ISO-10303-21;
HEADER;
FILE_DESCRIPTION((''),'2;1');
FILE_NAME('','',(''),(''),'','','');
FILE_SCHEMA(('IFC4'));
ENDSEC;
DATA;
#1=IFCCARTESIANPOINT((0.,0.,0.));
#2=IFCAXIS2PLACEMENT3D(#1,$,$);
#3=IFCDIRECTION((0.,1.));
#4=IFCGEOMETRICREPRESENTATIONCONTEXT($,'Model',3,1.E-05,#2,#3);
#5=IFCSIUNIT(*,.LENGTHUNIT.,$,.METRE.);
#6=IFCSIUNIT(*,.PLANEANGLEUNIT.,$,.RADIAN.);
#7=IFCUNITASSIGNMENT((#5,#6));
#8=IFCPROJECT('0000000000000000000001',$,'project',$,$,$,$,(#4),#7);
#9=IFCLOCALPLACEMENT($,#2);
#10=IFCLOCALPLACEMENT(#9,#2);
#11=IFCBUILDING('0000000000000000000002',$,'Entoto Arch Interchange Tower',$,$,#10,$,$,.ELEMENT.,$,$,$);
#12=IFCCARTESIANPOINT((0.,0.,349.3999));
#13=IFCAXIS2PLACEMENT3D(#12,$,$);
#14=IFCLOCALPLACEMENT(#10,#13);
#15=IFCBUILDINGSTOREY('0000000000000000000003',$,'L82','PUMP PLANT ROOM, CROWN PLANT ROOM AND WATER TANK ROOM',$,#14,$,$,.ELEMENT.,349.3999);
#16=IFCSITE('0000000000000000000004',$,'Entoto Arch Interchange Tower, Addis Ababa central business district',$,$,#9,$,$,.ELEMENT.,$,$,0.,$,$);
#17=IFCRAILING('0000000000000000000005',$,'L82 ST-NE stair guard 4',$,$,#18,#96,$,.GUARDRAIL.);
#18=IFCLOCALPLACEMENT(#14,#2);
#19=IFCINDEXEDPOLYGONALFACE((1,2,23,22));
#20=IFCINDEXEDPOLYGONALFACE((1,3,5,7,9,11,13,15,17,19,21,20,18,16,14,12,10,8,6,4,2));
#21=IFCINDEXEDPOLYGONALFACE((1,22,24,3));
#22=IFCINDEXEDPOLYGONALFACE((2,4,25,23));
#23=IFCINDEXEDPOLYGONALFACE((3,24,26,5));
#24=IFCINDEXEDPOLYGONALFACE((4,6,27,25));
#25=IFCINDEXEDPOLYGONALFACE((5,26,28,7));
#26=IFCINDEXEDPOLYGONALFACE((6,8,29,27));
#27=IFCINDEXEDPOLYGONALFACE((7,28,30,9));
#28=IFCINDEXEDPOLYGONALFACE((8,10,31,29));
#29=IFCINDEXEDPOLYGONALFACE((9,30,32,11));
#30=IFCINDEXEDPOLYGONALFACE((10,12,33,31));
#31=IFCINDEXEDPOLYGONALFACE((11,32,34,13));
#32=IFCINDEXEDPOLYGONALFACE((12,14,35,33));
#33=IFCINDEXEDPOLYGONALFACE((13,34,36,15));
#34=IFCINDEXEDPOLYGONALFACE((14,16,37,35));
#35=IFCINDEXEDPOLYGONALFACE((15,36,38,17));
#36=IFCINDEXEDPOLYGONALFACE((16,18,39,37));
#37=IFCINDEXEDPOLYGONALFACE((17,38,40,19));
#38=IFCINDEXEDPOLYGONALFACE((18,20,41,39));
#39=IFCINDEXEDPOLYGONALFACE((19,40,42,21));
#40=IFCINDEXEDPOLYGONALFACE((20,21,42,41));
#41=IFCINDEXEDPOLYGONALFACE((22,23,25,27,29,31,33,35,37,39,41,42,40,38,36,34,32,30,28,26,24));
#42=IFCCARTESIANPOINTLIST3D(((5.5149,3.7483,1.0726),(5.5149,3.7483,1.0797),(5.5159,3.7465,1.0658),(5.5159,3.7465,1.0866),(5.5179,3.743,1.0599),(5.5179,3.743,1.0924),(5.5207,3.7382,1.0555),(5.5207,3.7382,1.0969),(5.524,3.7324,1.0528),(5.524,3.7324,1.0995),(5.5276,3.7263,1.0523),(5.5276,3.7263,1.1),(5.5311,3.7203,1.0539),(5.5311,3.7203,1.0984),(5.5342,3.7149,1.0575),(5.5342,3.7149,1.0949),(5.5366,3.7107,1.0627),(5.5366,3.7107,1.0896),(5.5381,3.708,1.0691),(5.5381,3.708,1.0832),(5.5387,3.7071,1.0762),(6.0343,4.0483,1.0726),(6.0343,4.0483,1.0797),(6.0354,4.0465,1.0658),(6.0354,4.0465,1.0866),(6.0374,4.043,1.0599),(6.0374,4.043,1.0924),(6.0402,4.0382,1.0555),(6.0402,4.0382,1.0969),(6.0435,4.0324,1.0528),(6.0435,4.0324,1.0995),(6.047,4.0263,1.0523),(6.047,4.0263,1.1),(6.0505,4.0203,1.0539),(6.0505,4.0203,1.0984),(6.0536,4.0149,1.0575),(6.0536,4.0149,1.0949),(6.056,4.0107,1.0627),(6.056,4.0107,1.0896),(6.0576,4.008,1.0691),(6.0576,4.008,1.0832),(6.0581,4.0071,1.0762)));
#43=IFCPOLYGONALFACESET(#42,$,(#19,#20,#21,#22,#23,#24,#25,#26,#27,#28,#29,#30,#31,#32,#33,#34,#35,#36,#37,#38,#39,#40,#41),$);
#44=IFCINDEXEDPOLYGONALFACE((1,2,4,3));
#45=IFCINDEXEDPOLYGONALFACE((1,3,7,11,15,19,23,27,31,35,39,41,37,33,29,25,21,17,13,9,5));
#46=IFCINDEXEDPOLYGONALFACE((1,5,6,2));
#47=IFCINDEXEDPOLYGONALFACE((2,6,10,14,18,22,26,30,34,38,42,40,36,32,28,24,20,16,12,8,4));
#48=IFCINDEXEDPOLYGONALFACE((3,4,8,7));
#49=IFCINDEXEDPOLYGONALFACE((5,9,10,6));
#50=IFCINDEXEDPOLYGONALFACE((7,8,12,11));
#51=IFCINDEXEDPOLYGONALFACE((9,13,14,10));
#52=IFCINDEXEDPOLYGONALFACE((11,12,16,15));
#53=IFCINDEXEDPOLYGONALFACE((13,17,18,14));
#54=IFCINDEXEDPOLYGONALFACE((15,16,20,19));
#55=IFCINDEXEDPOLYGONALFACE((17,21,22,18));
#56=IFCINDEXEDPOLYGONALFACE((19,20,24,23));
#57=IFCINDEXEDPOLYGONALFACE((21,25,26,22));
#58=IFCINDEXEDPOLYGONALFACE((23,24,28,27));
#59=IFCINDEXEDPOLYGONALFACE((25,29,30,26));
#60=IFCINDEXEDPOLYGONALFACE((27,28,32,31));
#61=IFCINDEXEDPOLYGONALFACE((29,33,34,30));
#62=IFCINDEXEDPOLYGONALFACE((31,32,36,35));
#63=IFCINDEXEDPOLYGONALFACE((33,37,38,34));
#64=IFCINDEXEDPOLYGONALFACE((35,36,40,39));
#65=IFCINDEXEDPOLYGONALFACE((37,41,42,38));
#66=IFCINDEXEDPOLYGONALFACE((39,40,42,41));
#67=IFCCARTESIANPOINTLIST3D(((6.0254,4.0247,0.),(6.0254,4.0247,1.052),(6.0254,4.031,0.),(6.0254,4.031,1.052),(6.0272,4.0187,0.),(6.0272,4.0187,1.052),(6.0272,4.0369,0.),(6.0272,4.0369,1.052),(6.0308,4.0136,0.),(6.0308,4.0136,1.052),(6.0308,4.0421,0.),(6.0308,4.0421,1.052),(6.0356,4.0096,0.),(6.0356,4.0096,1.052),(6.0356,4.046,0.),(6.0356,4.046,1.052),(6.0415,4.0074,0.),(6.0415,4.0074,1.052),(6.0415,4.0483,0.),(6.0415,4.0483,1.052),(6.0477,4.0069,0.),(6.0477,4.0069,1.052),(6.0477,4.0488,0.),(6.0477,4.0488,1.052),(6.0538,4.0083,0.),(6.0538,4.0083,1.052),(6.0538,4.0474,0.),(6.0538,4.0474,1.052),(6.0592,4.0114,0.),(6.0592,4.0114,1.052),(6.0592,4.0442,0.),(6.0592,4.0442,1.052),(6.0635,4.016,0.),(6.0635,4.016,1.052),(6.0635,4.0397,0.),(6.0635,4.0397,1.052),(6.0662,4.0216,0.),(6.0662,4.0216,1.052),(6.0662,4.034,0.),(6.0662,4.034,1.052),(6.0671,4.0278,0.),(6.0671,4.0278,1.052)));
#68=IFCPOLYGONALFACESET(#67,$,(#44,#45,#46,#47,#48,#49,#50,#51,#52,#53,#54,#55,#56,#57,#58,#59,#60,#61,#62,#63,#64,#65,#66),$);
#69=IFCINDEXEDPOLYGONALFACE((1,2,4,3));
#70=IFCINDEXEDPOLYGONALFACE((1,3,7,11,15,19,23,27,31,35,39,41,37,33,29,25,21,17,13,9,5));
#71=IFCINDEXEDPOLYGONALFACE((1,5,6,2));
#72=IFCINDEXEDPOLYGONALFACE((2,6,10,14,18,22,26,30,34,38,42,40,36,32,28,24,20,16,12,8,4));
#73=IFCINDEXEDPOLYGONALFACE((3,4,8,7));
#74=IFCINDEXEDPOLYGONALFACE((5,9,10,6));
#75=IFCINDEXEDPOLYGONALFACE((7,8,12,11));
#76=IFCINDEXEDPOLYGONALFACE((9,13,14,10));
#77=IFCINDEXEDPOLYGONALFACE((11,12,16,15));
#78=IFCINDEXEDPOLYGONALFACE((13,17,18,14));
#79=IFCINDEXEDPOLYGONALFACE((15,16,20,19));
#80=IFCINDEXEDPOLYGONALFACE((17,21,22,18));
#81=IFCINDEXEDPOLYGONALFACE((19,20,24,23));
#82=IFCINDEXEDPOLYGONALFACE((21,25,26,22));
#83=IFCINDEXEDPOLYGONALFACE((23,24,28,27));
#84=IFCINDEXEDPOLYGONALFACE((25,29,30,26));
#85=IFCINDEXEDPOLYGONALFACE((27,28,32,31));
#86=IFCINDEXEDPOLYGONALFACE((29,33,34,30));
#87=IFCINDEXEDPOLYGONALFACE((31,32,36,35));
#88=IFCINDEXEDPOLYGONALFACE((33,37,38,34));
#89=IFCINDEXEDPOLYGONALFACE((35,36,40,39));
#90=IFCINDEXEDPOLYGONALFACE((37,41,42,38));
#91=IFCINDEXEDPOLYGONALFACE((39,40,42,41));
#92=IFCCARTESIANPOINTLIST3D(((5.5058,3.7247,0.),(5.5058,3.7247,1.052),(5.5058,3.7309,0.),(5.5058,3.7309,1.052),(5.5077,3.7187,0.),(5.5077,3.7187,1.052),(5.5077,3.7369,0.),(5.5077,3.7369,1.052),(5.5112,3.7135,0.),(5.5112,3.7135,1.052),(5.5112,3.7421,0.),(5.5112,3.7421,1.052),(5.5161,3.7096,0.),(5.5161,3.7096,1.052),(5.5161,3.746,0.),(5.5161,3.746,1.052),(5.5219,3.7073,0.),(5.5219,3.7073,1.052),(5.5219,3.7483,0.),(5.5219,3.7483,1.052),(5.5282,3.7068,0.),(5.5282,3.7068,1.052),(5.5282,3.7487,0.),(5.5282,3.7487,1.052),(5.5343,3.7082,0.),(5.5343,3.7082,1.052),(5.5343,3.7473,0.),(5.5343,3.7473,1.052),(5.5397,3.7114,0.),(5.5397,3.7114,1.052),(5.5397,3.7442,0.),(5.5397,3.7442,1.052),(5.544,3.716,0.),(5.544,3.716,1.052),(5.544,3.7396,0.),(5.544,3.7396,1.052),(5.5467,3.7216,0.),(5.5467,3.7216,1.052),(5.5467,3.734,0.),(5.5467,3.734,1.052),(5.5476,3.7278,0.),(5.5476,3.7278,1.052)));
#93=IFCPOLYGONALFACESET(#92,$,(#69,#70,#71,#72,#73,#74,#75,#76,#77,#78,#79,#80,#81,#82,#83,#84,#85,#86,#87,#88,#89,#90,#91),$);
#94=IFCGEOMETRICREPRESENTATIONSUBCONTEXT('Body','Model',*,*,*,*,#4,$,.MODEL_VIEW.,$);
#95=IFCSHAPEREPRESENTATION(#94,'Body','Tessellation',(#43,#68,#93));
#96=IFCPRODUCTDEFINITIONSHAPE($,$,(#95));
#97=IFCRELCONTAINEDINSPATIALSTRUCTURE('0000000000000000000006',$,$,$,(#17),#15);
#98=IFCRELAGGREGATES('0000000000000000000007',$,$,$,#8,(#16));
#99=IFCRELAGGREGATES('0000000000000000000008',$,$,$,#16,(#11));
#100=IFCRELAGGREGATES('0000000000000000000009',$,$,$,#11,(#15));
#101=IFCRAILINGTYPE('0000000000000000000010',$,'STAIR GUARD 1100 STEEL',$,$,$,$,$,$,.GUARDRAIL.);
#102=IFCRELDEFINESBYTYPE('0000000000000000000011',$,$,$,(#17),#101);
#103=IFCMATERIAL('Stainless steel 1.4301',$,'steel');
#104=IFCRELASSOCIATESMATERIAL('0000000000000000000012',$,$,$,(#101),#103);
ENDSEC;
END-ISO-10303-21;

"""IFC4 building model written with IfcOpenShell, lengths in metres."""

from ifc_helpers import new_model, si_unit, direction, frame, origin, origin_2d, place, context, subcontext, project, spatial, circle, extrude, material, type_object, element, save


model = new_model("IFC4")

# Units and contexts
model_context = context("Model", 3, precision=1e-05, world=origin(), true_north=direction((0.0, 1.0)))
body_context = subcontext(model_context, "Body", "Model", "MODEL_VIEW")
ifc_project = project(units=[si_unit("LENGTHUNIT", "METRE"), si_unit("PLANEANGLEUNIT", "RADIAN")], contexts=[model_context])

# Site, building, storey
site_placement = place(None, origin())
site = spatial("IfcSite", under=ifc_project, at=site_placement, Name="Entoto Arch Interchange Tower, Addis Ababa central business district", CompositionType="ELEMENT", RefElevation=0.0)
building_placement = place(site_placement, origin())
building = spatial("IfcBuilding", under=site, at=building_placement, Name="Entoto Arch Interchange Tower", CompositionType="ELEMENT")
storey_placement = place(building_placement, frame((0.0, 0.0, 349.3999)))
storey = spatial("IfcBuildingStorey", under=building, at=storey_placement, Name="L82", Description="PUMP PLANT ROOM, CROWN PLANT ROOM AND WATER TANK ROOM", CompositionType="ELEMENT", Elevation=349.3999)

# Railing
ifc_material_1 = material(Name="Stainless steel 1.4301", Category="steel")
railing_type_1 = type_object("IfcRailingType", Name="STAIR GUARD 1100 STEEL", PredefinedType="GUARDRAIL", material=ifc_material_1)
railing_1_placement = place(storey_placement, frame((6.0461, 4.0278, 0.0)))
element("IfcRailing", 1, at=railing_1_placement, inside=storey, type_object=railing_type_1, Name="L82 ST-NE stair guard 4", PredefinedType="GUARDRAIL", context=body_context, shape_type="SweptSolid", body=[
    extrude(circle(Radius=0.0239, at=origin_2d()), frame((0.0, 0.0, 1.0762), z_axis=(-0.865955, -0.500122, 0.0), x_axis=(0.500122, -0.865955, 0.0)), (0.0, 0.0, 1.0), 0.5999),
    extrude(circle(Radius=0.021, at=origin_2d()), origin(), (0.0, 0.0, 1.0), 1.052),
    extrude(circle(Radius=0.021, at=origin_2d()), frame((-0.5195, -0.3, 0.0)), (0.0, 0.0, 1.0), 1.052),
])

save(model, "model.ifc")
